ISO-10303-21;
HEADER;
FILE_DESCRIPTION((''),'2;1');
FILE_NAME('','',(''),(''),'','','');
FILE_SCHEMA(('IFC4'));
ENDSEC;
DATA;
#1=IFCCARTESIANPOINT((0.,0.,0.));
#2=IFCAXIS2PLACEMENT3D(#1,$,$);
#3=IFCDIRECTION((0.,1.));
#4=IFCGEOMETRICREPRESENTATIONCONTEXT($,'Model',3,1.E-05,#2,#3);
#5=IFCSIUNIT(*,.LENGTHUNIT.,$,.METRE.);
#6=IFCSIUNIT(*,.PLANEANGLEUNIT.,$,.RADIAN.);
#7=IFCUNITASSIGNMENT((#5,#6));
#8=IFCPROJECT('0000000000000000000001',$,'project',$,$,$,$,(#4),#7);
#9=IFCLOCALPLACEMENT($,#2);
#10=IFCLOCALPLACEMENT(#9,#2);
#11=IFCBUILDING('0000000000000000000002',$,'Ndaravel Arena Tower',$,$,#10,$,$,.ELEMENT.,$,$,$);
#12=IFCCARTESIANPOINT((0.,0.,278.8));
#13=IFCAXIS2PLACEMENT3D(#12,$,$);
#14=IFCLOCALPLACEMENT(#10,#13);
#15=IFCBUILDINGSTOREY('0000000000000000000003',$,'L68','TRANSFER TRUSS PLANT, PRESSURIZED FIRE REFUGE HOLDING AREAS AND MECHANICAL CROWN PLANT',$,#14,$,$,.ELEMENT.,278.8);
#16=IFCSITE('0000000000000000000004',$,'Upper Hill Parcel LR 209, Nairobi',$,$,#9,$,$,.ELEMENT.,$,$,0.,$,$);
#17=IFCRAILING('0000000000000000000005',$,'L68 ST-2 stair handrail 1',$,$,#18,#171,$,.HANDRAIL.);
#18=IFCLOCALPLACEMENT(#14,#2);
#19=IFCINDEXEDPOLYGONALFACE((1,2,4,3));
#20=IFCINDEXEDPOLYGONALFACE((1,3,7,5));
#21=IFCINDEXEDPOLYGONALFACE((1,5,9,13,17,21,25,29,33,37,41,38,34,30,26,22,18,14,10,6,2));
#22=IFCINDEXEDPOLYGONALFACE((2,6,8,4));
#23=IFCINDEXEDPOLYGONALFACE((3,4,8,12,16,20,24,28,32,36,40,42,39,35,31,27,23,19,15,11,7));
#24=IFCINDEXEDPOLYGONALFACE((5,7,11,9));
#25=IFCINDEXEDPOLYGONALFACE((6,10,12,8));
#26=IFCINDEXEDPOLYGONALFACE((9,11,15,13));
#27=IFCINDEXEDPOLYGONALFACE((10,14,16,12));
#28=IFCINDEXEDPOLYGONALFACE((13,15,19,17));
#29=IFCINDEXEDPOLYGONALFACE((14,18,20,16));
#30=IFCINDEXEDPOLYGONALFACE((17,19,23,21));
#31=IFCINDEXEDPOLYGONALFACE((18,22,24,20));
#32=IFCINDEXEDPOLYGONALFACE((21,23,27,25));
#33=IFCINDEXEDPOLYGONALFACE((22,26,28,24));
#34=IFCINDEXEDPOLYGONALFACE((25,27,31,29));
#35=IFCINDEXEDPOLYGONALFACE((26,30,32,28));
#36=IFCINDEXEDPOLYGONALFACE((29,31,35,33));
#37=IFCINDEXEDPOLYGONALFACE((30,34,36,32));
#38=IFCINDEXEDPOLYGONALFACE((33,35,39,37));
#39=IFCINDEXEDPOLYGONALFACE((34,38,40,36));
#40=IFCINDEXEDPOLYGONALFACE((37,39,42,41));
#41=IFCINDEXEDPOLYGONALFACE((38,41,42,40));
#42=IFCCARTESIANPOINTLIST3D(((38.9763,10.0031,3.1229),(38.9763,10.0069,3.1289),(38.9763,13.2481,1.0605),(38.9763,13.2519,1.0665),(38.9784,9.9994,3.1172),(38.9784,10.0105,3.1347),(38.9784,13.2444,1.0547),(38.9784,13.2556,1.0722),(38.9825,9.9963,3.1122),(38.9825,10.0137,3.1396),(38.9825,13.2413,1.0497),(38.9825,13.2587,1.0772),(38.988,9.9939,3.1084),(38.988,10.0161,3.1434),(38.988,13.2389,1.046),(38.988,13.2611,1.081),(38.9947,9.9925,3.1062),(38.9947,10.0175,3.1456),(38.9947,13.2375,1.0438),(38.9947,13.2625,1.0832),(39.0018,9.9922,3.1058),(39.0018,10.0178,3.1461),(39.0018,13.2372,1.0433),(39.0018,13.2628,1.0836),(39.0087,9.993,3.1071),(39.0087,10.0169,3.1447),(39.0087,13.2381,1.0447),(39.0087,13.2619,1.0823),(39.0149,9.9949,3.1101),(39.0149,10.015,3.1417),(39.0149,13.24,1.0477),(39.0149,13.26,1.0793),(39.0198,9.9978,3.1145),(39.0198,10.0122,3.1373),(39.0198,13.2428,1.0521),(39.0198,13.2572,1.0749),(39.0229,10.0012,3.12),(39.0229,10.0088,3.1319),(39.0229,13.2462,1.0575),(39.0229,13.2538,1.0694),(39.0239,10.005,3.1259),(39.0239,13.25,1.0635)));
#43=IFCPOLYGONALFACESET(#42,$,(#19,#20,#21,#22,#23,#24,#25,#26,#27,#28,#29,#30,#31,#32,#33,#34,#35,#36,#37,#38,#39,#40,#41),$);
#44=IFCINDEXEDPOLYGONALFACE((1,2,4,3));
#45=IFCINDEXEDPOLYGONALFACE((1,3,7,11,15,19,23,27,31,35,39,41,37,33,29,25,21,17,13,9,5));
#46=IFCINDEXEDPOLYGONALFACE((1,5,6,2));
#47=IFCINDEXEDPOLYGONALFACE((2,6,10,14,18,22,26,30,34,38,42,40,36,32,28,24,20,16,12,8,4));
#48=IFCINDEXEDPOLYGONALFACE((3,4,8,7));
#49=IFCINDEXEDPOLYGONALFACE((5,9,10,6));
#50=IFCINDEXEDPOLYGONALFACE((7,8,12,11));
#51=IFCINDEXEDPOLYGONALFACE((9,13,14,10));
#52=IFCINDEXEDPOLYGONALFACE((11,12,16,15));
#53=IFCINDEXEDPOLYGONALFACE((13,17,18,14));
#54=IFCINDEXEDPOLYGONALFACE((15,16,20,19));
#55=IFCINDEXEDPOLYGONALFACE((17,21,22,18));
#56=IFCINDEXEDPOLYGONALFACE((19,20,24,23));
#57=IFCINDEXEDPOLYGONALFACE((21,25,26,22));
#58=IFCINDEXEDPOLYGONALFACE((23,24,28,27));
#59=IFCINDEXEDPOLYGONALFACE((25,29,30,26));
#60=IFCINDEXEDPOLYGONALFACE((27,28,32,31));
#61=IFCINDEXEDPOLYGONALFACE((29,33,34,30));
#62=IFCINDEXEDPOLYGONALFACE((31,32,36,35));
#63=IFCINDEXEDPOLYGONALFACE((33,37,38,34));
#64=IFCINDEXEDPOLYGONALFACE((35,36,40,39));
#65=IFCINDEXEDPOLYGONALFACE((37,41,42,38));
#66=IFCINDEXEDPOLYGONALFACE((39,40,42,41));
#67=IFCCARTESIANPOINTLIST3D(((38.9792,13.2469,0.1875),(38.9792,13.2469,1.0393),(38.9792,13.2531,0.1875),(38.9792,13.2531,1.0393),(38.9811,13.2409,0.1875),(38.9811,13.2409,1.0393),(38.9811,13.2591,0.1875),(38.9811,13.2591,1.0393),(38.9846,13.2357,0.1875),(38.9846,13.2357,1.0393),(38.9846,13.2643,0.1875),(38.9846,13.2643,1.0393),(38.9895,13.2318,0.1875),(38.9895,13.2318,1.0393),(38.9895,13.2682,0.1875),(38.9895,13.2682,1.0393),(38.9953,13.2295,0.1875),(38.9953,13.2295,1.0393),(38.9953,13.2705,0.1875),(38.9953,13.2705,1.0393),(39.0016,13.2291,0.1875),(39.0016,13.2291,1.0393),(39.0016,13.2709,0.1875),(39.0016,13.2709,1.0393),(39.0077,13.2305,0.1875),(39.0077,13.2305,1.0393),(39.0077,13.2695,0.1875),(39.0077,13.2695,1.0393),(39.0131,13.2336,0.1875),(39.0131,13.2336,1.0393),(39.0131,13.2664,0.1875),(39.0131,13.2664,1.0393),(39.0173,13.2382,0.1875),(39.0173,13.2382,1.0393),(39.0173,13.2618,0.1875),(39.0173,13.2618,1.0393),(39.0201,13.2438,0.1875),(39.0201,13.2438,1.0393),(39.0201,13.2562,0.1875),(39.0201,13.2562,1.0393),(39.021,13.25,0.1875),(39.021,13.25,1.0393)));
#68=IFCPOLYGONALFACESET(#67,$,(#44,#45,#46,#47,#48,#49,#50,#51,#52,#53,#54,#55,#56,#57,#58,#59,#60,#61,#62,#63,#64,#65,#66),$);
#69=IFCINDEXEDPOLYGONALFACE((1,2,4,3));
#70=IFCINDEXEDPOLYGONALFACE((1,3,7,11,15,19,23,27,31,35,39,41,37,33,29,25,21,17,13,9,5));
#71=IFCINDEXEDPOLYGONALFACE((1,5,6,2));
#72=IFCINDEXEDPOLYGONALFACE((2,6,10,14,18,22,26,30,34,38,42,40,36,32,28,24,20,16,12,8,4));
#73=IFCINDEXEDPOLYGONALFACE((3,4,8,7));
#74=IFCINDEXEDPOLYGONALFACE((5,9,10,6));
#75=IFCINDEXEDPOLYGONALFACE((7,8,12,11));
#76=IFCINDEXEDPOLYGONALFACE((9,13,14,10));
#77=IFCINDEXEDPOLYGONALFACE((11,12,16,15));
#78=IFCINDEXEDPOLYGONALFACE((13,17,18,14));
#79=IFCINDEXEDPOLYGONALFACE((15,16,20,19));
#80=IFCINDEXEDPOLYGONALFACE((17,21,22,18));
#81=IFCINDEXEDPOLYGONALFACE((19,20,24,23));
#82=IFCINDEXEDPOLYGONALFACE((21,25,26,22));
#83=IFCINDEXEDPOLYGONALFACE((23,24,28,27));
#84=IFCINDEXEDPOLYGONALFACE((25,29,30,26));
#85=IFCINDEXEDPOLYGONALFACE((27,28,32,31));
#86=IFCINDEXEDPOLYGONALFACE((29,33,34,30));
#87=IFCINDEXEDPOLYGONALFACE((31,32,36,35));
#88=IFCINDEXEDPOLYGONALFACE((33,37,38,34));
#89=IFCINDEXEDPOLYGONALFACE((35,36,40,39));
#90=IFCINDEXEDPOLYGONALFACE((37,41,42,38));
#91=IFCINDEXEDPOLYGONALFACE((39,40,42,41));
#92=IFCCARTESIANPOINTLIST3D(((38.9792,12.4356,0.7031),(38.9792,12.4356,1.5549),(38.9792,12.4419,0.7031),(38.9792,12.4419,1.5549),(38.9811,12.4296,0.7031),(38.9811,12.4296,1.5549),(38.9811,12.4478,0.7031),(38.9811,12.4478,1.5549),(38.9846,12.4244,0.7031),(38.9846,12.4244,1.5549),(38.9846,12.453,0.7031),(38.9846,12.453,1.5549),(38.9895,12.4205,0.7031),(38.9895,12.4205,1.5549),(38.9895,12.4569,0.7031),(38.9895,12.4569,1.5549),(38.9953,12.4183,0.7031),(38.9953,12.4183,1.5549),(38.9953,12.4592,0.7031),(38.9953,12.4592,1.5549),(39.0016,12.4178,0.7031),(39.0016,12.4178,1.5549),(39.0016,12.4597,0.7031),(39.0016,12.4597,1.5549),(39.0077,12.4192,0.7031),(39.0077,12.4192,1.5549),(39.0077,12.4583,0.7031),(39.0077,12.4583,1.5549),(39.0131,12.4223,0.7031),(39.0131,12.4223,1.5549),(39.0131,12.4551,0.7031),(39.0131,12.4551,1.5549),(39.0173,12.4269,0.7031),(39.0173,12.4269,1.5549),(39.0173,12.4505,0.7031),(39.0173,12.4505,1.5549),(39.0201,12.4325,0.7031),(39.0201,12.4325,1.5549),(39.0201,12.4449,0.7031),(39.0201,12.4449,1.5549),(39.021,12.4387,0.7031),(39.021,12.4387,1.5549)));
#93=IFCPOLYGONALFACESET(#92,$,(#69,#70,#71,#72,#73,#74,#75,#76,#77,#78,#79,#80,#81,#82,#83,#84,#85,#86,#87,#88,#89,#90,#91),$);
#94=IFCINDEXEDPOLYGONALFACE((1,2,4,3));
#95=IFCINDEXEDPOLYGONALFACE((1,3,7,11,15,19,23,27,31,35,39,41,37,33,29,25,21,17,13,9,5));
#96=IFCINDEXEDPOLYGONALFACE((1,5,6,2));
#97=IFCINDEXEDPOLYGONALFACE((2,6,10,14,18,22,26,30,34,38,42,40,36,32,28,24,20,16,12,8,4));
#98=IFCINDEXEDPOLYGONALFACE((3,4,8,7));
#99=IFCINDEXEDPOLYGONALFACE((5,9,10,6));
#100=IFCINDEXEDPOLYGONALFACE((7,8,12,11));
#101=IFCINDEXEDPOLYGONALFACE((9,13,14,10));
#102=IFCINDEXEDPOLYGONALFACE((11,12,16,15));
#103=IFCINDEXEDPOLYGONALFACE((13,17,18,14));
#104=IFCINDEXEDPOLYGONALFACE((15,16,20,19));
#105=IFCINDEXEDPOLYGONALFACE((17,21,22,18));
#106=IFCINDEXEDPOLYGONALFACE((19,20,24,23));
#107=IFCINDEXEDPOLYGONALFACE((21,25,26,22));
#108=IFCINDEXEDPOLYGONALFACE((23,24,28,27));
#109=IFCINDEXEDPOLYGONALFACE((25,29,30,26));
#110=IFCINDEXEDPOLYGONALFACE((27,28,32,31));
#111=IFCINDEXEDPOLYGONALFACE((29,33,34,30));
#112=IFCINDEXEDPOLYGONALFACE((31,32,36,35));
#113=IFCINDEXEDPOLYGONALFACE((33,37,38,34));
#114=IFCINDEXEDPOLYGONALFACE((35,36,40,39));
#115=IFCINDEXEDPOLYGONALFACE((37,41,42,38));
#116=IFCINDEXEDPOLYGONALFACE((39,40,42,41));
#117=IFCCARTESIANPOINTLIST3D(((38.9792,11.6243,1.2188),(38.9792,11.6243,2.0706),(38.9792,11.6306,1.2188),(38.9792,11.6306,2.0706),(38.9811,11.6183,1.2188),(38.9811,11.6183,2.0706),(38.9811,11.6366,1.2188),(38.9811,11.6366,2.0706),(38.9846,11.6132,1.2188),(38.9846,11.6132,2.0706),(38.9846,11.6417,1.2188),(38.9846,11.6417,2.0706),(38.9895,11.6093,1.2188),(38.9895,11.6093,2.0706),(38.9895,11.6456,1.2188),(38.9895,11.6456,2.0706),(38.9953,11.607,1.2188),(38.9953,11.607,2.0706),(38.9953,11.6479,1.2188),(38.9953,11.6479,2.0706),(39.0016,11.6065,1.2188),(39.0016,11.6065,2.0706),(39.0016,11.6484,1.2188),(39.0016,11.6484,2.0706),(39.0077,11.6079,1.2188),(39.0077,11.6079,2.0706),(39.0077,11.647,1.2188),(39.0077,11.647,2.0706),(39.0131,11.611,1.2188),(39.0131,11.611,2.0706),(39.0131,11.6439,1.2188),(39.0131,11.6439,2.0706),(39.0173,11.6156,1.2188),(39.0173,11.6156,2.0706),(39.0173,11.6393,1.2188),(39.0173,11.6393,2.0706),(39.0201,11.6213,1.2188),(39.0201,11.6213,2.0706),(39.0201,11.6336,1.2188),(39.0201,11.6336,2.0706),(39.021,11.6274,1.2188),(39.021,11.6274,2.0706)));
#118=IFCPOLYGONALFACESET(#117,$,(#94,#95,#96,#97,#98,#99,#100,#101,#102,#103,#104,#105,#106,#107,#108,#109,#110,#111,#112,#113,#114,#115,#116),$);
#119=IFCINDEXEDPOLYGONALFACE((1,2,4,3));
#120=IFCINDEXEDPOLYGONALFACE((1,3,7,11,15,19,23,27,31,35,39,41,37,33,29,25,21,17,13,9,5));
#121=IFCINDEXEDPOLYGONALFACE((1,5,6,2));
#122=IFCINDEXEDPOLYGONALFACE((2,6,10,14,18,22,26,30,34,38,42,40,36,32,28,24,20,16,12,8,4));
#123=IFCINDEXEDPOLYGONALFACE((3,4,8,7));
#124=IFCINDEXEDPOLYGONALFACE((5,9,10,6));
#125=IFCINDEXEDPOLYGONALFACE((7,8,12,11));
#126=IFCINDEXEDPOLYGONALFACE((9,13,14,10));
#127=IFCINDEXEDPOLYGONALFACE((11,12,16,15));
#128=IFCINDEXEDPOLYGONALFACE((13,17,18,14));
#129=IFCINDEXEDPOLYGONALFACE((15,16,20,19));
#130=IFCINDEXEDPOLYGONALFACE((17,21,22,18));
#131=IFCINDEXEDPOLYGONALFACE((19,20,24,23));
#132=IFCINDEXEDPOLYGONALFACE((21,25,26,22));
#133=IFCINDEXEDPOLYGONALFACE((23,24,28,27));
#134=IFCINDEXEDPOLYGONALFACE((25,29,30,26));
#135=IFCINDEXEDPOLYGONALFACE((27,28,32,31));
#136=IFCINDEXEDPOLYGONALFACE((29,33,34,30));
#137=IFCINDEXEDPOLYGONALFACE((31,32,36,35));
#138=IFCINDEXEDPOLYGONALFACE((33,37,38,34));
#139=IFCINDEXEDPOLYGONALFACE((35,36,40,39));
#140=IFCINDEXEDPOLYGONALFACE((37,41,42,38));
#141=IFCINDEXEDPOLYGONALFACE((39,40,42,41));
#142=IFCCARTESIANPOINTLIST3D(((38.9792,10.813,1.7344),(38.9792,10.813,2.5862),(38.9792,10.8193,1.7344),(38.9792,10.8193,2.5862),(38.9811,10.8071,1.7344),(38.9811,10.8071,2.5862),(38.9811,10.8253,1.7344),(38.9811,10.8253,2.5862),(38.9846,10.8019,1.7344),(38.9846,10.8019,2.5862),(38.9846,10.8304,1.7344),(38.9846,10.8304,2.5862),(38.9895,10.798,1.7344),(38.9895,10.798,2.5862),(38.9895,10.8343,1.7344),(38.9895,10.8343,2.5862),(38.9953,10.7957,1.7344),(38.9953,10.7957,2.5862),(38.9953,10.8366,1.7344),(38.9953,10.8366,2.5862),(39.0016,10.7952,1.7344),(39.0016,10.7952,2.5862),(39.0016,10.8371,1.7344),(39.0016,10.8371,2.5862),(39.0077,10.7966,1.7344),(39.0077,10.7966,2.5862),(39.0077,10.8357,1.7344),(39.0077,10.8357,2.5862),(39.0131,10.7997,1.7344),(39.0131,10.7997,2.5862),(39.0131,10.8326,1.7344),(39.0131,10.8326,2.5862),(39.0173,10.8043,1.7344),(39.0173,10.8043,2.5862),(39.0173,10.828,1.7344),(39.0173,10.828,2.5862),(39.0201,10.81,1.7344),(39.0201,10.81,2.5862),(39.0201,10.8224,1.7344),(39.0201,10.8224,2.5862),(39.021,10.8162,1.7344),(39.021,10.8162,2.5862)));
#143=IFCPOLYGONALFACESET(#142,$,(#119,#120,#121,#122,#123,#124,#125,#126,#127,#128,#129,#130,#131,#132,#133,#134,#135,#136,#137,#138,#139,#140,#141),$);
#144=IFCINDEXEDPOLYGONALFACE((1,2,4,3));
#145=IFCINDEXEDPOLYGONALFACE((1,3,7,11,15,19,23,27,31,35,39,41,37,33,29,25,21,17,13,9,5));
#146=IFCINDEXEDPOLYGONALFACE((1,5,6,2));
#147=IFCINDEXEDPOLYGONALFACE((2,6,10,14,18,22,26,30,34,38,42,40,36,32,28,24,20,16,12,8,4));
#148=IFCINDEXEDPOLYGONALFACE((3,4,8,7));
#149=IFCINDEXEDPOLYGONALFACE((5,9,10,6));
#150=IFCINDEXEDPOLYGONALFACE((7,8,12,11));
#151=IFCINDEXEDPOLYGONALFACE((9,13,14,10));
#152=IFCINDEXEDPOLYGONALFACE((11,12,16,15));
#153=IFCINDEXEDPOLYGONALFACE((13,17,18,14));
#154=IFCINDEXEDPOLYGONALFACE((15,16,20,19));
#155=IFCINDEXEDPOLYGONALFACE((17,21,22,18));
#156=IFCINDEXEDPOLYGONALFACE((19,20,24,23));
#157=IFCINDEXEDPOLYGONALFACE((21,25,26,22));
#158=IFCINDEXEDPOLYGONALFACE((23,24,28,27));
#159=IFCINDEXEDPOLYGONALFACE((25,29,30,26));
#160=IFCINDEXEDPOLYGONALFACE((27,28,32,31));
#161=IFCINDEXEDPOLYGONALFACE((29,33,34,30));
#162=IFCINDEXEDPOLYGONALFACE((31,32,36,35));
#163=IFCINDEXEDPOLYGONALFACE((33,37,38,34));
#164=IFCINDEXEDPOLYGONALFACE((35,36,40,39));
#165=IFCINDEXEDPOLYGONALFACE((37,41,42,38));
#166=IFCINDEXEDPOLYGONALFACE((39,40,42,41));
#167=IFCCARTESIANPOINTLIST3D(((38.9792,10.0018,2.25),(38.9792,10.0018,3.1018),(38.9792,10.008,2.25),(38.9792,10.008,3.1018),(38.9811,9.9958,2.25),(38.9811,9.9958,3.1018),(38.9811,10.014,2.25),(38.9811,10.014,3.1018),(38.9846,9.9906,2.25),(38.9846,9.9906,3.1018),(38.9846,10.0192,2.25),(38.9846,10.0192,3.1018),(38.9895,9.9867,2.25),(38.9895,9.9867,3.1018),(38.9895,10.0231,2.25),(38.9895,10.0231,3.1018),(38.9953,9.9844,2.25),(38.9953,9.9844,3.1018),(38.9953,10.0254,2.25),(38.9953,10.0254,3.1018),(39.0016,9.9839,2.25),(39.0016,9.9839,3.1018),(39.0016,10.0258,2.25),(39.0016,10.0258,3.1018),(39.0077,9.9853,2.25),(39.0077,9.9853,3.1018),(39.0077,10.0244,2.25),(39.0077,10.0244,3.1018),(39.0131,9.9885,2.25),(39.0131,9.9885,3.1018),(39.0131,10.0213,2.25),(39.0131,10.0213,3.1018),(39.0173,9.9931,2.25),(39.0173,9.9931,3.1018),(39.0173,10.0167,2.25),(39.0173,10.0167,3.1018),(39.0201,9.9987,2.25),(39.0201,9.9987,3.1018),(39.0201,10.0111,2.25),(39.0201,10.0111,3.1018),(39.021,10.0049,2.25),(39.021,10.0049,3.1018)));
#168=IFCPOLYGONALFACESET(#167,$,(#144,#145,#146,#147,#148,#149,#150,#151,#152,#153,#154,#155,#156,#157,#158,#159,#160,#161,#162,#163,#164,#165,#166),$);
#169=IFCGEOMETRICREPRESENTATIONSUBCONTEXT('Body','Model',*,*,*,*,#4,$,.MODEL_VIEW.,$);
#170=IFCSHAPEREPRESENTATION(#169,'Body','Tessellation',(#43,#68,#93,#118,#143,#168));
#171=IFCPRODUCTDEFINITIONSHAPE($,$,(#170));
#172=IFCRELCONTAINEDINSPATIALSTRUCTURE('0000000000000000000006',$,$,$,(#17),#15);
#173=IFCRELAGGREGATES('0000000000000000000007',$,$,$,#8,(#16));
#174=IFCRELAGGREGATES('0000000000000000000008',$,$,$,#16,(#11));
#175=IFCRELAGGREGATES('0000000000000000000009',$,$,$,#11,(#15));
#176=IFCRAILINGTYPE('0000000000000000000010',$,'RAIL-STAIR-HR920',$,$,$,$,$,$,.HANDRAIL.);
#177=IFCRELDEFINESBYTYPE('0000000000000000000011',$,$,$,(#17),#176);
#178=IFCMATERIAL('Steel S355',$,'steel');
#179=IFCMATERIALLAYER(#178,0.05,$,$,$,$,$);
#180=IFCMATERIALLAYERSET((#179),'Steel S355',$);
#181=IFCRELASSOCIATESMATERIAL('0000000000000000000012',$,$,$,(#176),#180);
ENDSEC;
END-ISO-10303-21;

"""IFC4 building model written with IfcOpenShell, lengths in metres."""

from ifc_helpers import new_model, si_unit, direction, frame, origin, origin_2d, place, context, subcontext, project, spatial, circle, extrude, material, layer, layer_set, type_object, element, save


model = new_model("IFC4")

# Units and contexts
model_context = context("Model", 3, precision=1e-05, world=origin(), true_north=direction((0.0, 1.0)))
body_context = subcontext(model_context, "Body", "Model", "MODEL_VIEW")
ifc_project = project(units=[si_unit("LENGTHUNIT", "METRE"), si_unit("PLANEANGLEUNIT", "RADIAN")], contexts=[model_context])

# Site, building, storey
site_placement = place(None, origin())
site = spatial("IfcSite", under=ifc_project, at=site_placement, Name="Upper Hill Parcel LR 209, Nairobi", CompositionType="ELEMENT", RefElevation=0.0)
building_placement = place(site_placement, origin())
building = spatial("IfcBuilding", under=site, at=building_placement, Name="Ndaravel Arena Tower", CompositionType="ELEMENT")
storey_placement = place(building_placement, frame((0.0, 0.0, 278.8)))
storey = spatial("IfcBuildingStorey", under=building, at=storey_placement, Name="L68", Description="TRANSFER TRUSS PLANT, PRESSURIZED FIRE REFUGE HOLDING AREAS AND MECHANICAL CROWN PLANT", CompositionType="ELEMENT", Elevation=278.8)

# Railing
ifc_material_1 = material(Name="Steel S355", Category="steel")
ifc_layer_1 = layer(ifc_material_1, 0.05)
ifc_layer_set_1 = layer_set([ifc_layer_1], Name="Steel S355")
railing_type_1 = type_object("IfcRailingType", Name="RAIL-STAIR-HR920", PredefinedType="HANDRAIL", material=ifc_layer_set_1)
railing_1_placement = place(storey_placement, frame((39.0, 13.25, 0.1875)))
element("IfcRailing", 1, at=railing_1_placement, inside=storey, type_object=railing_type_1, Name="L68 ST-2 stair handrail 1", PredefinedType="HANDRAIL", context=body_context, shape_type="SweptSolid", body=[
    extrude(circle(Radius=0.0239, at=origin_2d()), frame((0.0, 0.0, 0.876), z_axis=(0.0, -0.843965, 0.536399), x_axis=(1.0, 0.0, 0.0)), (0.0, 0.0, 1.0), 3.845),
    extrude(circle(Radius=0.021, at=origin_2d()), origin(), (0.0, 0.0, 1.0), 0.8518),
    extrude(circle(Radius=0.021, at=origin_2d()), frame((0.0, -0.8113, 0.5156)), (0.0, 0.0, 1.0), 0.8518),
    extrude(circle(Radius=0.021, at=origin_2d()), frame((0.0, -1.6226, 1.0312)), (0.0, 0.0, 1.0), 0.8518),
    extrude(circle(Radius=0.021, at=origin_2d()), frame((0.0, -2.4338, 1.5469)), (0.0, 0.0, 1.0), 0.8518),
    extrude(circle(Radius=0.021, at=origin_2d()), frame((0.0, -3.2451, 2.0625)), (0.0, 0.0, 1.0), 0.8518),
])

save(model, "model.ifc")
